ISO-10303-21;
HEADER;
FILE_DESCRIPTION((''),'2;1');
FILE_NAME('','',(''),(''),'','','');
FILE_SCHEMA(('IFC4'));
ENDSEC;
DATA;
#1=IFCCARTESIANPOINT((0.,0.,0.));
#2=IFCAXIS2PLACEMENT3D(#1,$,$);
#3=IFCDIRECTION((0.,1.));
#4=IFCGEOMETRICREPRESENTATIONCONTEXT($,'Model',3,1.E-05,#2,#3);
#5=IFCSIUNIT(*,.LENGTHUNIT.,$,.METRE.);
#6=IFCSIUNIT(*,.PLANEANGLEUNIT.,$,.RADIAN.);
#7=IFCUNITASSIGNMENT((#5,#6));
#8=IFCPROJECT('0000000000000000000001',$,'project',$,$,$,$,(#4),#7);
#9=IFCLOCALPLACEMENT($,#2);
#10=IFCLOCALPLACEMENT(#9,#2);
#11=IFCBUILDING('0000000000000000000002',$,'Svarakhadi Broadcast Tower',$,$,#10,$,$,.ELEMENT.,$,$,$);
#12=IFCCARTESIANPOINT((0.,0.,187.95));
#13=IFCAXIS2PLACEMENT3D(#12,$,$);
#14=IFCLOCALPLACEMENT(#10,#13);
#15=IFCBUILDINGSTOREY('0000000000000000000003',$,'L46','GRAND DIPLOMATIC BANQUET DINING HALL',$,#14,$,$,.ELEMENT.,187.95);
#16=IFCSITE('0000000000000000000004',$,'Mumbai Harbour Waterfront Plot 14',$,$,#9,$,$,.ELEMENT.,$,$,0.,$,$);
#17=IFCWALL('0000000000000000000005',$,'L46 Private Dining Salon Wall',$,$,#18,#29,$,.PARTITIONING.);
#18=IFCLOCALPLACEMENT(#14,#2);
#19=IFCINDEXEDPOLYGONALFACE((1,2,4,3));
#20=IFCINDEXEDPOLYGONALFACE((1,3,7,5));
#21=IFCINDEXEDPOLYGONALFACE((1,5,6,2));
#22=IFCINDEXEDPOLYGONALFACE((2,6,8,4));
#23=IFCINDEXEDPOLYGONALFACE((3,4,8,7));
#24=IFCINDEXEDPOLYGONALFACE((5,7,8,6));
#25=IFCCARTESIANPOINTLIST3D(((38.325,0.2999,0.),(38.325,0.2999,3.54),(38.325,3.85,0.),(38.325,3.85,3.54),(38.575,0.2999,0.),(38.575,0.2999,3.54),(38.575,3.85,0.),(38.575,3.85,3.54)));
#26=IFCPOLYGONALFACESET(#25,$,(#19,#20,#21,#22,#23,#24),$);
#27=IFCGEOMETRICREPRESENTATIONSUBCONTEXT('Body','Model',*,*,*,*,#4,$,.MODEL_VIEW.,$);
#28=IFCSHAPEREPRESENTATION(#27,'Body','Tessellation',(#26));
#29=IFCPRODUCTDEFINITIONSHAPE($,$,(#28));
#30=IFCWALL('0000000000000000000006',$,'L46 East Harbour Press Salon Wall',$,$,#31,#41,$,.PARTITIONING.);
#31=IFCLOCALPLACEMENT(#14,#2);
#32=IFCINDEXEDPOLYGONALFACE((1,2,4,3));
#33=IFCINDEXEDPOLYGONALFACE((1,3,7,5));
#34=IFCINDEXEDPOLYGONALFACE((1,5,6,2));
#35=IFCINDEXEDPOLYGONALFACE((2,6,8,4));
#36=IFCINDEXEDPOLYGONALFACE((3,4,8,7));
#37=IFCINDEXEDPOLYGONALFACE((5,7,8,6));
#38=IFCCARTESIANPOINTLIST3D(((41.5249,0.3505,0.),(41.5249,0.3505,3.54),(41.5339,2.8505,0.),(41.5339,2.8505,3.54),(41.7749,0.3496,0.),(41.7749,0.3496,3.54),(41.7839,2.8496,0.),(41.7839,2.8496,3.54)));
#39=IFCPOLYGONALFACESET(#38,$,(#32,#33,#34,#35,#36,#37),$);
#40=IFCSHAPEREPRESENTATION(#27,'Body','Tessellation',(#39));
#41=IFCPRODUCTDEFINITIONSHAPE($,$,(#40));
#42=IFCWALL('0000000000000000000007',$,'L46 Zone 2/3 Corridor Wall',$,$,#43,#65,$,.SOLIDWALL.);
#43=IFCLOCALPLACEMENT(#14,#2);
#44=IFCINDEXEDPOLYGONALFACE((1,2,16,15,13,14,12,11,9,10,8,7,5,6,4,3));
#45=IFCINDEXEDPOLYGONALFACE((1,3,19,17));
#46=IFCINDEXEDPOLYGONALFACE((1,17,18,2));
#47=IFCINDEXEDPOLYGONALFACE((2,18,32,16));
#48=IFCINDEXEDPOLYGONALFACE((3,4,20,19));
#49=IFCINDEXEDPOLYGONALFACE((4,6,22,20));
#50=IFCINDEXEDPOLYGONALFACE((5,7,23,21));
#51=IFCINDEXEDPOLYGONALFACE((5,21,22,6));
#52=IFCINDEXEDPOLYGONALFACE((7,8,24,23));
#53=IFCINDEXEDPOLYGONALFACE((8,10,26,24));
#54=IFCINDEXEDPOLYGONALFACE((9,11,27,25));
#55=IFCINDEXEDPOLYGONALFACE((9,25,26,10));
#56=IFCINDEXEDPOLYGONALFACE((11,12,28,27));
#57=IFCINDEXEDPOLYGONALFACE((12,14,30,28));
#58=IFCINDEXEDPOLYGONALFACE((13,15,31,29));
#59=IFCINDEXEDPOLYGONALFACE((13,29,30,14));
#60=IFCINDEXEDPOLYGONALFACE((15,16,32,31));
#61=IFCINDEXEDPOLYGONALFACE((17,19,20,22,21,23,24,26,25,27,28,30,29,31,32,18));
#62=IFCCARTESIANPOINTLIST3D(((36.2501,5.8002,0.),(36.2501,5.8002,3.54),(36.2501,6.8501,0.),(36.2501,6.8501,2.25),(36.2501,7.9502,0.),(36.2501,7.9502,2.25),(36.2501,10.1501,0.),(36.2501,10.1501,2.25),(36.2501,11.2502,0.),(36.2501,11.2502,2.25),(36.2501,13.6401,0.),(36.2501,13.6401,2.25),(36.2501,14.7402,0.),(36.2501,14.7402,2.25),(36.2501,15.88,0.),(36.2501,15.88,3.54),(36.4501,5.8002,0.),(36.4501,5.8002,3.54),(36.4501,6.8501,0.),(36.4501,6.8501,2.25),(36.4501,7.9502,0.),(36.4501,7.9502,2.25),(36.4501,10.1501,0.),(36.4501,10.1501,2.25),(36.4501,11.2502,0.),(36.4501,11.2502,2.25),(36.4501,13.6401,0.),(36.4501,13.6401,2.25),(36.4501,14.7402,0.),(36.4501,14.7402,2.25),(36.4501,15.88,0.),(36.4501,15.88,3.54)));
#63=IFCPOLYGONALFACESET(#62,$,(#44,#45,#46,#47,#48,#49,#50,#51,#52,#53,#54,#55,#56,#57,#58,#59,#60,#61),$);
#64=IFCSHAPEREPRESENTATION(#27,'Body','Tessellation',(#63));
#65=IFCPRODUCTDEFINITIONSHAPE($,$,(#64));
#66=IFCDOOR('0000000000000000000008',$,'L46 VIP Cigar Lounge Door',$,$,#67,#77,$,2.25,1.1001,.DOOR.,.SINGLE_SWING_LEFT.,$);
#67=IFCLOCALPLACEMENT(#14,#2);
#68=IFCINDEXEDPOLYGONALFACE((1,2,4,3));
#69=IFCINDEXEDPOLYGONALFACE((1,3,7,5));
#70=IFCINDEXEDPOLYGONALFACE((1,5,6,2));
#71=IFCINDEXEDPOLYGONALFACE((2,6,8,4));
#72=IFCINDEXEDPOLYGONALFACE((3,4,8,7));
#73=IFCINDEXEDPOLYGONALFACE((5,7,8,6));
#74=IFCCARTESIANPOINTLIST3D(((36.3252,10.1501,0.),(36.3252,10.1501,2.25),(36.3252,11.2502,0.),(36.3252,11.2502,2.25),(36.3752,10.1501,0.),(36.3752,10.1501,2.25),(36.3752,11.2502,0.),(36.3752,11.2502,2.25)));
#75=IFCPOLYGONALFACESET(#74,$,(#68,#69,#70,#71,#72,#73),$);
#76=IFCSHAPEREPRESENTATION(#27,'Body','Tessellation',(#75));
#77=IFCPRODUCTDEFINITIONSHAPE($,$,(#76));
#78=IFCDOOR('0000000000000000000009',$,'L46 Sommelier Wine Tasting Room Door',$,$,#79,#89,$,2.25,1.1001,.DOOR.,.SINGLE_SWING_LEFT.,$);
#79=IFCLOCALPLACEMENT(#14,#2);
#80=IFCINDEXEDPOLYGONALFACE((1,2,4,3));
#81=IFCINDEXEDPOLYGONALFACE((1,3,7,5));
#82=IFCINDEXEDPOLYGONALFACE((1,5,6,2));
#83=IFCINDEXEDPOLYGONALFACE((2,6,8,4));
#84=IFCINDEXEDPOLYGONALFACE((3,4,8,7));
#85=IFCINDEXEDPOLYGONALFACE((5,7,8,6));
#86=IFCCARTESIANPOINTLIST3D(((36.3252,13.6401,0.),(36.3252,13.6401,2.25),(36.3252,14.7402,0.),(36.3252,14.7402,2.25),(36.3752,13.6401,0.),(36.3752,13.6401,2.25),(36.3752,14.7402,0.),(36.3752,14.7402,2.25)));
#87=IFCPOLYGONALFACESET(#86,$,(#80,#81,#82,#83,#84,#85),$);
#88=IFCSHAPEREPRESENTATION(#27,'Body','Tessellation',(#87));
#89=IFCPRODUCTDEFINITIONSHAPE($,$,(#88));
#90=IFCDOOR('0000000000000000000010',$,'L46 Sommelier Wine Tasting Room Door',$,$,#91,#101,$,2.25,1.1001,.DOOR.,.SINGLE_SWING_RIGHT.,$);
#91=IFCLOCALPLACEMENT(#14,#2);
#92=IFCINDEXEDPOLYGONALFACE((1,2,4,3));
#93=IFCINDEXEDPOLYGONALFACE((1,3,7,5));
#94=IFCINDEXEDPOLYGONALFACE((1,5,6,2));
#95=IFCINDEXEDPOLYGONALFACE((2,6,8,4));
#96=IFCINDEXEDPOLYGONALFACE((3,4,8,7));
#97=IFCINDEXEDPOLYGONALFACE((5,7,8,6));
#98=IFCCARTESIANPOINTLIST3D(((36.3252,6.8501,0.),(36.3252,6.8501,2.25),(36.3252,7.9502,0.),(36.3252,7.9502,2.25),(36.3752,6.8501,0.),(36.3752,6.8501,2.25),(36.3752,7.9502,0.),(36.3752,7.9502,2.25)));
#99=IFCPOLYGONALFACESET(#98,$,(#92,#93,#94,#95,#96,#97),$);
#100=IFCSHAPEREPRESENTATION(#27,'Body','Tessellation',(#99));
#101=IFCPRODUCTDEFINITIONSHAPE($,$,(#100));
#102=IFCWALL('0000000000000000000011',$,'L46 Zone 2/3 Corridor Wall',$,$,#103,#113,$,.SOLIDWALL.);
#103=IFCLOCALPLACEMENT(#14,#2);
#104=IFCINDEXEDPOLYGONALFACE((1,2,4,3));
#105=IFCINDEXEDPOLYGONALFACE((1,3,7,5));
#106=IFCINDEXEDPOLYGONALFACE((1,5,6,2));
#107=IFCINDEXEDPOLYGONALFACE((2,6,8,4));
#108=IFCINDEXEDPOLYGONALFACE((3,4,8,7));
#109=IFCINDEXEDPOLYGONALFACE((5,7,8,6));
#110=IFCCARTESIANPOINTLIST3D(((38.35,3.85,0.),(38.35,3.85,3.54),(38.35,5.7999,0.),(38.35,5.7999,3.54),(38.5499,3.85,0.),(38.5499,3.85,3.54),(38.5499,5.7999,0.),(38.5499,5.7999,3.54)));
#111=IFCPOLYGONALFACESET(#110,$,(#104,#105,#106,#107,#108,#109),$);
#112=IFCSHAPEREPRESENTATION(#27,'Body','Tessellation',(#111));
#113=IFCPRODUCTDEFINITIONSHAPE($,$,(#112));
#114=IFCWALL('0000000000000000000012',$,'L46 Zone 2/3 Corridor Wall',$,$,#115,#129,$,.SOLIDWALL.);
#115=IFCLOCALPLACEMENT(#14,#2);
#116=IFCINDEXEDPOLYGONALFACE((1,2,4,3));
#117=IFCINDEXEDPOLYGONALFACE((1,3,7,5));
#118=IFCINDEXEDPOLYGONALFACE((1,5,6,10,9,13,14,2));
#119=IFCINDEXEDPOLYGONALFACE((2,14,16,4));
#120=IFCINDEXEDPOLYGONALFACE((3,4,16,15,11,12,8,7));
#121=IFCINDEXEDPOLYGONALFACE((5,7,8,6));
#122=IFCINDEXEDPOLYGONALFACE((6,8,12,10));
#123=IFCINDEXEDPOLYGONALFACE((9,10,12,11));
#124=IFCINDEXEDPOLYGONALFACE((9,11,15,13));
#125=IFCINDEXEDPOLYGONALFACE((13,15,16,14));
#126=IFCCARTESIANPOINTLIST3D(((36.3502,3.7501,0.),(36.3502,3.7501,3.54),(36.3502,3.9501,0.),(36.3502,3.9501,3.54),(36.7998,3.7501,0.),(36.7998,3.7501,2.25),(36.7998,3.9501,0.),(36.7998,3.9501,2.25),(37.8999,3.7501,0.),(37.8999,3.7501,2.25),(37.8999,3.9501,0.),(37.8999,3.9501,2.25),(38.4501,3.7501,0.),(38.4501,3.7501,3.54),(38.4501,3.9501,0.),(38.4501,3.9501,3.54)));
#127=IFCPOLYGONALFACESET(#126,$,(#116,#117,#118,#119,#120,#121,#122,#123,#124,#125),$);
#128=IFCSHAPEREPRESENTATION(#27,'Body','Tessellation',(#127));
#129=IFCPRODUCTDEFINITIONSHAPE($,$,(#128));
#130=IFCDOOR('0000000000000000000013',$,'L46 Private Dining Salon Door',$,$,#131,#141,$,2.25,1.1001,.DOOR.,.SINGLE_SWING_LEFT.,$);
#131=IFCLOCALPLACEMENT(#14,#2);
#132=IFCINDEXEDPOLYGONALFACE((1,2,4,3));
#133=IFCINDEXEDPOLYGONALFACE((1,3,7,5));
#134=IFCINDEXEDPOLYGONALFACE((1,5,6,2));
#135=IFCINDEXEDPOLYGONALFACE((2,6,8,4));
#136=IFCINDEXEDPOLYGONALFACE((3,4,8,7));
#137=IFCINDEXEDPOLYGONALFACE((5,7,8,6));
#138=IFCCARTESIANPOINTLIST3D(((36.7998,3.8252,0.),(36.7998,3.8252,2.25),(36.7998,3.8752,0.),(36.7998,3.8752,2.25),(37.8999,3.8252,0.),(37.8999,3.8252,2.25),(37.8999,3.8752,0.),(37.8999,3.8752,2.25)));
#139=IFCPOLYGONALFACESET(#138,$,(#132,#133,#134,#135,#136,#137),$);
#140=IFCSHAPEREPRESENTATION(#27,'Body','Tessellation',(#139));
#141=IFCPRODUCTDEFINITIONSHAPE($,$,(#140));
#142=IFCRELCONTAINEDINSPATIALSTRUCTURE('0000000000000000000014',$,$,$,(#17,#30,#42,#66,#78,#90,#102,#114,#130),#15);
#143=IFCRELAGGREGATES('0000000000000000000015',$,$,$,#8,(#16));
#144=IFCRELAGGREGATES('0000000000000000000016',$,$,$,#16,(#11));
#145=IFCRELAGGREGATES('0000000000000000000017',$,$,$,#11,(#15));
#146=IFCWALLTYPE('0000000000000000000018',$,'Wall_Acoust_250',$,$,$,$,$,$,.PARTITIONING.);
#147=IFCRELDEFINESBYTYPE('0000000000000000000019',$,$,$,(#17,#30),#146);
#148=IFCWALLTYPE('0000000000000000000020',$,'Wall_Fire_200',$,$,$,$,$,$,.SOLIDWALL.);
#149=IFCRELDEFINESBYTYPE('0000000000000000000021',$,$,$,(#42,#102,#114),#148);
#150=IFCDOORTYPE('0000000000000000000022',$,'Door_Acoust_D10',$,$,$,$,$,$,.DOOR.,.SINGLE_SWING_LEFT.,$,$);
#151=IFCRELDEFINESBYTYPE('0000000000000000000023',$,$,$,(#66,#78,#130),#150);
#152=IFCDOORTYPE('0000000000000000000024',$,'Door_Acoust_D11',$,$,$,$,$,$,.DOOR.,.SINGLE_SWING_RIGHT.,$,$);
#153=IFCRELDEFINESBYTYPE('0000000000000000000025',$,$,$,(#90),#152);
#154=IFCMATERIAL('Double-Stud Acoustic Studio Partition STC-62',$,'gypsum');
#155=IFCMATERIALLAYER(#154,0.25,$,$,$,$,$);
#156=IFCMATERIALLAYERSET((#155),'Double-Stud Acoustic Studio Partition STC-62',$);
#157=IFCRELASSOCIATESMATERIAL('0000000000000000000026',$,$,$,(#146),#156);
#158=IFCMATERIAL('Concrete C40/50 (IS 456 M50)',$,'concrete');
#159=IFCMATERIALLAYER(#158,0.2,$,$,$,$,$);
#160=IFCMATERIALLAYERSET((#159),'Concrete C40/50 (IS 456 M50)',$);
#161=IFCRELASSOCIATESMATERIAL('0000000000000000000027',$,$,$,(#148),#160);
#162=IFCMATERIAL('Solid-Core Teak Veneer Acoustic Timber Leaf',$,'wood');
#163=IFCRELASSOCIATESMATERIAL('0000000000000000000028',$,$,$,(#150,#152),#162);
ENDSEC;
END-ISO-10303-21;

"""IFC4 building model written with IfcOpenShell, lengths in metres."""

from ifc_helpers import new_model, si_unit, direction, frame, frame_2d, origin, place, context, subcontext, project, spatial, rectangle, extrude, material, layer, layer_set, type_object, element, fill, save


model = new_model("IFC4")

# Units and contexts
model_context = context("Model", 3, precision=1e-05, world=origin(), true_north=direction((0.0, 1.0)))
body_context = subcontext(model_context, "Body", "Model", "MODEL_VIEW")
ifc_project = project(units=[si_unit("LENGTHUNIT", "METRE"), si_unit("PLANEANGLEUNIT", "RADIAN")], contexts=[model_context])

# Site, building, storey
site_placement = place(None, origin())
site = spatial("IfcSite", under=ifc_project, at=site_placement, Name="Mumbai Harbour Waterfront Plot 14", CompositionType="ELEMENT", RefElevation=0.0)
building_placement = place(site_placement, origin())
building = spatial("IfcBuilding", under=site, at=building_placement, Name="Svarakhadi Broadcast Tower", CompositionType="ELEMENT")
storey_placement = place(building_placement, frame((0.0, 0.0, 187.95)))
storey = spatial("IfcBuildingStorey", under=building, at=storey_placement, Name="L46", Description="GRAND DIPLOMATIC BANQUET DINING HALL", CompositionType="ELEMENT", Elevation=187.95)

# Walls
ifc_material_1 = material(Name="Double-Stud Acoustic Studio Partition STC-62", Category="gypsum")
ifc_layer_1 = layer(ifc_material_1, 0.25)
ifc_layer_set_1 = layer_set([ifc_layer_1], Name="Double-Stud Acoustic Studio Partition STC-62")
wall_type_1 = type_object("IfcWallType", Name="Wall_Acoust_250", PredefinedType="PARTITIONING", material=ifc_layer_set_1)
wall_1_placement = place(storey_placement, frame((38.45, 0.3, 0.0), z_axis=(0.0, 0.0, 1.0), x_axis=(0.0, 1.0, 0.0)))
element("IfcWall", 1, at=wall_1_placement, inside=storey, type_object=wall_type_1, Name="L46 Private Dining Salon Wall", PredefinedType="PARTITIONING", context=body_context, shape_type="SweptSolid", body=[
    extrude(rectangle(XDim=3.55, YDim=0.25, at=frame_2d((1.7749, 0.0))), origin(), (0.0, 0.0, 1.0), 3.54),
])
wall_2_placement = place(storey_placement, frame((41.6499, 0.3501, 0.0), z_axis=(0.0, 0.0, 1.0), x_axis=(0.003613, 0.999993, 0.0)))
element("IfcWall", 2, at=wall_2_placement, inside=storey, type_object=wall_type_1, Name="L46 East Harbour Press Salon Wall", PredefinedType="PARTITIONING", context=body_context, shape_type="SweptSolid", body=[
    extrude(rectangle(XDim=2.5, YDim=0.25, at=frame_2d((1.25, 0.0))), origin(), (0.0, 0.0, 1.0), 3.54),
])

# Wall, openings, doors
ifc_material_2 = material(Name="Concrete C40/50 (IS 456 M50)", Category="concrete")
ifc_layer_2 = layer(ifc_material_2, 0.2)
ifc_layer_set_2 = layer_set([ifc_layer_2], Name="Concrete C40/50 (IS 456 M50)")
wall_type_2 = type_object("IfcWallType", Name="Wall_Fire_200", PredefinedType="SOLIDWALL", material=ifc_layer_set_2)
wall_3_placement = place(storey_placement, frame((36.3501, 5.8, 0.0), z_axis=(0.0, 0.0, 1.0), x_axis=(0.0, 1.0, 0.0)))
wall_3 = element("IfcWall", 3, at=wall_3_placement, inside=storey, type_object=wall_type_2, Name="L46 Zone 2/3 Corridor Wall", PredefinedType="SOLIDWALL", context=body_context, shape_type="SweptSolid", body=[
    extrude(rectangle(XDim=10.0798, YDim=0.2, at=frame_2d((5.04, 0.0))), origin(), (0.0, 0.0, 1.0), 3.54),
])
opening_1_placement = place(wall_3_placement, frame((1.05, 0.0, 0.0)))
opening_1 = element("IfcOpeningElement", 4, at=opening_1_placement, cuts=wall_3, PredefinedType="OPENING", context=body_context, shape_type="SweptSolid", body=[
    extrude(rectangle(XDim=1.1001, YDim=2.25, at=frame_2d((0.55, 1.125))), frame((0.0, 0.1099, 0.0), z_axis=(0.0, -1.0, 0.0), x_axis=(1.0, 0.0, 0.0)), (0.0, 0.0, 1.0), 0.22),
])
opening_2_placement = place(wall_3_placement, frame((4.3501, 0.0, 0.0)))
opening_2 = element("IfcOpeningElement", 5, at=opening_2_placement, cuts=wall_3, PredefinedType="OPENING", context=body_context, shape_type="SweptSolid", body=[
    extrude(rectangle(XDim=1.1001, YDim=2.25, at=frame_2d((0.55, 1.125))), frame((0.0, 0.1099, 0.0), z_axis=(0.0, -1.0, 0.0), x_axis=(1.0, 0.0, 0.0)), (0.0, 0.0, 1.0), 0.22),
])
opening_3_placement = place(wall_3_placement, frame((7.8401, 0.0, 0.0)))
opening_3 = element("IfcOpeningElement", 6, at=opening_3_placement, cuts=wall_3, PredefinedType="OPENING", context=body_context, shape_type="SweptSolid", body=[
    extrude(rectangle(XDim=1.1001, YDim=2.25, at=frame_2d((0.55, 1.125))), frame((0.0, 0.1099, 0.0), z_axis=(0.0, -1.0, 0.0), x_axis=(1.0, 0.0, 0.0)), (0.0, 0.0, 1.0), 0.22),
])
ifc_material_3 = material(Name="Solid-Core Teak Veneer Acoustic Timber Leaf", Category="wood")
door_type_1 = type_object("IfcDoorType", Name="Door_Acoust_D10", OperationType="SINGLE_SWING_LEFT", PredefinedType="DOOR", material=ifc_material_3)
door_1_placement = place(opening_2_placement, origin())
door_1 = element("IfcDoor", 7, at=door_1_placement, inside=storey, type_object=door_type_1, Name="L46 VIP Cigar Lounge Door", OperationType="SINGLE_SWING_LEFT", OverallHeight=2.25, OverallWidth=1.1001, PredefinedType="DOOR", context=body_context, shape_type="SweptSolid", body=[
    extrude(rectangle(XDim=1.1001, YDim=2.25, at=frame_2d((0.55, 1.125))), frame((0.0, 0.0249, 0.0), z_axis=(0.0, -1.0, 0.0), x_axis=(1.0, 0.0, 0.0)), (0.0, 0.0, 1.0), 0.05),
])
fill(opening_2, door_1)
door_2_placement = place(opening_3_placement, origin())
door_2 = element("IfcDoor", 8, at=door_2_placement, inside=storey, type_object=door_type_1, Name="L46 Sommelier Wine Tasting Room Door", OperationType="SINGLE_SWING_LEFT", OverallHeight=2.25, OverallWidth=1.1001, PredefinedType="DOOR", context=body_context, shape_type="SweptSolid", body=[
    extrude(rectangle(XDim=1.1001, YDim=2.25, at=frame_2d((0.55, 1.125))), frame((0.0, 0.0249, 0.0), z_axis=(0.0, -1.0, 0.0), x_axis=(1.0, 0.0, 0.0)), (0.0, 0.0, 1.0), 0.05),
])
fill(opening_3, door_2)
door_type_2 = type_object("IfcDoorType", Name="Door_Acoust_D11", OperationType="SINGLE_SWING_RIGHT", PredefinedType="DOOR", material=ifc_material_3)
door_3_placement = place(opening_1_placement, origin())
door_3 = element("IfcDoor", 9, at=door_3_placement, inside=storey, type_object=door_type_2, Name="L46 Sommelier Wine Tasting Room Door", OperationType="SINGLE_SWING_RIGHT", OverallHeight=2.25, OverallWidth=1.1001, PredefinedType="DOOR", context=body_context, shape_type="SweptSolid", body=[
    extrude(rectangle(XDim=1.1001, YDim=2.25, at=frame_2d((0.55, 1.125))), frame((0.0, 0.0249, 0.0), z_axis=(0.0, -1.0, 0.0), x_axis=(1.0, 0.0, 0.0)), (0.0, 0.0, 1.0), 0.05),
])
fill(opening_1, door_3)

# Wall
wall_4_placement = place(storey_placement, frame((38.45, 5.8, 0.0), z_axis=(0.0, 0.0, 1.0), x_axis=(0.0, -1.0, 0.0)))
element("IfcWall", 10, at=wall_4_placement, inside=storey, type_object=wall_type_2, Name="L46 Zone 2/3 Corridor Wall", PredefinedType="SOLIDWALL", context=body_context, shape_type="SweptSolid", body=[
    extrude(rectangle(XDim=1.95, YDim=0.2, at=frame_2d((0.9751, 0.0))), origin(), (0.0, 0.0, 1.0), 3.54),
])

# Wall, opening, door
wall_5_placement = place(storey_placement, frame((38.45, 3.8501, 0.0), z_axis=(0.0, 0.0, 1.0), x_axis=(-1.0, 0.0, 0.0)))
wall_5 = element("IfcWall", 11, at=wall_5_placement, inside=storey, type_object=wall_type_2, Name="L46 Zone 2/3 Corridor Wall", PredefinedType="SOLIDWALL", context=body_context, shape_type="SweptSolid", body=[
    extrude(rectangle(XDim=2.0999, YDim=0.2, at=frame_2d((1.0498, 0.0))), origin(), (0.0, 0.0, 1.0), 3.54),
])
opening_4_placement = place(wall_5_placement, frame((0.55, 0.0, 0.0)))
opening_4 = element("IfcOpeningElement", 12, at=opening_4_placement, cuts=wall_5, PredefinedType="OPENING", context=body_context, shape_type="SweptSolid", body=[
    extrude(rectangle(XDim=1.1001, YDim=2.25, at=frame_2d((0.55, 1.125))), frame((0.0, 0.1099, 0.0), z_axis=(0.0, -1.0, 0.0), x_axis=(1.0, 0.0, 0.0)), (0.0, 0.0, 1.0), 0.22),
])
door_4_placement = place(opening_4_placement, origin())
door_4 = element("IfcDoor", 13, at=door_4_placement, inside=storey, type_object=door_type_1, Name="L46 Private Dining Salon Door", OperationType="SINGLE_SWING_LEFT", OverallHeight=2.25, OverallWidth=1.1001, PredefinedType="DOOR", context=body_context, shape_type="SweptSolid", body=[
    extrude(rectangle(XDim=1.1001, YDim=2.25, at=frame_2d((0.55, 1.125))), frame((0.0, 0.0249, 0.0), z_axis=(0.0, -1.0, 0.0), x_axis=(1.0, 0.0, 0.0)), (0.0, 0.0, 1.0), 0.05),
])
fill(opening_4, door_4)

save(model, "model.ifc")
